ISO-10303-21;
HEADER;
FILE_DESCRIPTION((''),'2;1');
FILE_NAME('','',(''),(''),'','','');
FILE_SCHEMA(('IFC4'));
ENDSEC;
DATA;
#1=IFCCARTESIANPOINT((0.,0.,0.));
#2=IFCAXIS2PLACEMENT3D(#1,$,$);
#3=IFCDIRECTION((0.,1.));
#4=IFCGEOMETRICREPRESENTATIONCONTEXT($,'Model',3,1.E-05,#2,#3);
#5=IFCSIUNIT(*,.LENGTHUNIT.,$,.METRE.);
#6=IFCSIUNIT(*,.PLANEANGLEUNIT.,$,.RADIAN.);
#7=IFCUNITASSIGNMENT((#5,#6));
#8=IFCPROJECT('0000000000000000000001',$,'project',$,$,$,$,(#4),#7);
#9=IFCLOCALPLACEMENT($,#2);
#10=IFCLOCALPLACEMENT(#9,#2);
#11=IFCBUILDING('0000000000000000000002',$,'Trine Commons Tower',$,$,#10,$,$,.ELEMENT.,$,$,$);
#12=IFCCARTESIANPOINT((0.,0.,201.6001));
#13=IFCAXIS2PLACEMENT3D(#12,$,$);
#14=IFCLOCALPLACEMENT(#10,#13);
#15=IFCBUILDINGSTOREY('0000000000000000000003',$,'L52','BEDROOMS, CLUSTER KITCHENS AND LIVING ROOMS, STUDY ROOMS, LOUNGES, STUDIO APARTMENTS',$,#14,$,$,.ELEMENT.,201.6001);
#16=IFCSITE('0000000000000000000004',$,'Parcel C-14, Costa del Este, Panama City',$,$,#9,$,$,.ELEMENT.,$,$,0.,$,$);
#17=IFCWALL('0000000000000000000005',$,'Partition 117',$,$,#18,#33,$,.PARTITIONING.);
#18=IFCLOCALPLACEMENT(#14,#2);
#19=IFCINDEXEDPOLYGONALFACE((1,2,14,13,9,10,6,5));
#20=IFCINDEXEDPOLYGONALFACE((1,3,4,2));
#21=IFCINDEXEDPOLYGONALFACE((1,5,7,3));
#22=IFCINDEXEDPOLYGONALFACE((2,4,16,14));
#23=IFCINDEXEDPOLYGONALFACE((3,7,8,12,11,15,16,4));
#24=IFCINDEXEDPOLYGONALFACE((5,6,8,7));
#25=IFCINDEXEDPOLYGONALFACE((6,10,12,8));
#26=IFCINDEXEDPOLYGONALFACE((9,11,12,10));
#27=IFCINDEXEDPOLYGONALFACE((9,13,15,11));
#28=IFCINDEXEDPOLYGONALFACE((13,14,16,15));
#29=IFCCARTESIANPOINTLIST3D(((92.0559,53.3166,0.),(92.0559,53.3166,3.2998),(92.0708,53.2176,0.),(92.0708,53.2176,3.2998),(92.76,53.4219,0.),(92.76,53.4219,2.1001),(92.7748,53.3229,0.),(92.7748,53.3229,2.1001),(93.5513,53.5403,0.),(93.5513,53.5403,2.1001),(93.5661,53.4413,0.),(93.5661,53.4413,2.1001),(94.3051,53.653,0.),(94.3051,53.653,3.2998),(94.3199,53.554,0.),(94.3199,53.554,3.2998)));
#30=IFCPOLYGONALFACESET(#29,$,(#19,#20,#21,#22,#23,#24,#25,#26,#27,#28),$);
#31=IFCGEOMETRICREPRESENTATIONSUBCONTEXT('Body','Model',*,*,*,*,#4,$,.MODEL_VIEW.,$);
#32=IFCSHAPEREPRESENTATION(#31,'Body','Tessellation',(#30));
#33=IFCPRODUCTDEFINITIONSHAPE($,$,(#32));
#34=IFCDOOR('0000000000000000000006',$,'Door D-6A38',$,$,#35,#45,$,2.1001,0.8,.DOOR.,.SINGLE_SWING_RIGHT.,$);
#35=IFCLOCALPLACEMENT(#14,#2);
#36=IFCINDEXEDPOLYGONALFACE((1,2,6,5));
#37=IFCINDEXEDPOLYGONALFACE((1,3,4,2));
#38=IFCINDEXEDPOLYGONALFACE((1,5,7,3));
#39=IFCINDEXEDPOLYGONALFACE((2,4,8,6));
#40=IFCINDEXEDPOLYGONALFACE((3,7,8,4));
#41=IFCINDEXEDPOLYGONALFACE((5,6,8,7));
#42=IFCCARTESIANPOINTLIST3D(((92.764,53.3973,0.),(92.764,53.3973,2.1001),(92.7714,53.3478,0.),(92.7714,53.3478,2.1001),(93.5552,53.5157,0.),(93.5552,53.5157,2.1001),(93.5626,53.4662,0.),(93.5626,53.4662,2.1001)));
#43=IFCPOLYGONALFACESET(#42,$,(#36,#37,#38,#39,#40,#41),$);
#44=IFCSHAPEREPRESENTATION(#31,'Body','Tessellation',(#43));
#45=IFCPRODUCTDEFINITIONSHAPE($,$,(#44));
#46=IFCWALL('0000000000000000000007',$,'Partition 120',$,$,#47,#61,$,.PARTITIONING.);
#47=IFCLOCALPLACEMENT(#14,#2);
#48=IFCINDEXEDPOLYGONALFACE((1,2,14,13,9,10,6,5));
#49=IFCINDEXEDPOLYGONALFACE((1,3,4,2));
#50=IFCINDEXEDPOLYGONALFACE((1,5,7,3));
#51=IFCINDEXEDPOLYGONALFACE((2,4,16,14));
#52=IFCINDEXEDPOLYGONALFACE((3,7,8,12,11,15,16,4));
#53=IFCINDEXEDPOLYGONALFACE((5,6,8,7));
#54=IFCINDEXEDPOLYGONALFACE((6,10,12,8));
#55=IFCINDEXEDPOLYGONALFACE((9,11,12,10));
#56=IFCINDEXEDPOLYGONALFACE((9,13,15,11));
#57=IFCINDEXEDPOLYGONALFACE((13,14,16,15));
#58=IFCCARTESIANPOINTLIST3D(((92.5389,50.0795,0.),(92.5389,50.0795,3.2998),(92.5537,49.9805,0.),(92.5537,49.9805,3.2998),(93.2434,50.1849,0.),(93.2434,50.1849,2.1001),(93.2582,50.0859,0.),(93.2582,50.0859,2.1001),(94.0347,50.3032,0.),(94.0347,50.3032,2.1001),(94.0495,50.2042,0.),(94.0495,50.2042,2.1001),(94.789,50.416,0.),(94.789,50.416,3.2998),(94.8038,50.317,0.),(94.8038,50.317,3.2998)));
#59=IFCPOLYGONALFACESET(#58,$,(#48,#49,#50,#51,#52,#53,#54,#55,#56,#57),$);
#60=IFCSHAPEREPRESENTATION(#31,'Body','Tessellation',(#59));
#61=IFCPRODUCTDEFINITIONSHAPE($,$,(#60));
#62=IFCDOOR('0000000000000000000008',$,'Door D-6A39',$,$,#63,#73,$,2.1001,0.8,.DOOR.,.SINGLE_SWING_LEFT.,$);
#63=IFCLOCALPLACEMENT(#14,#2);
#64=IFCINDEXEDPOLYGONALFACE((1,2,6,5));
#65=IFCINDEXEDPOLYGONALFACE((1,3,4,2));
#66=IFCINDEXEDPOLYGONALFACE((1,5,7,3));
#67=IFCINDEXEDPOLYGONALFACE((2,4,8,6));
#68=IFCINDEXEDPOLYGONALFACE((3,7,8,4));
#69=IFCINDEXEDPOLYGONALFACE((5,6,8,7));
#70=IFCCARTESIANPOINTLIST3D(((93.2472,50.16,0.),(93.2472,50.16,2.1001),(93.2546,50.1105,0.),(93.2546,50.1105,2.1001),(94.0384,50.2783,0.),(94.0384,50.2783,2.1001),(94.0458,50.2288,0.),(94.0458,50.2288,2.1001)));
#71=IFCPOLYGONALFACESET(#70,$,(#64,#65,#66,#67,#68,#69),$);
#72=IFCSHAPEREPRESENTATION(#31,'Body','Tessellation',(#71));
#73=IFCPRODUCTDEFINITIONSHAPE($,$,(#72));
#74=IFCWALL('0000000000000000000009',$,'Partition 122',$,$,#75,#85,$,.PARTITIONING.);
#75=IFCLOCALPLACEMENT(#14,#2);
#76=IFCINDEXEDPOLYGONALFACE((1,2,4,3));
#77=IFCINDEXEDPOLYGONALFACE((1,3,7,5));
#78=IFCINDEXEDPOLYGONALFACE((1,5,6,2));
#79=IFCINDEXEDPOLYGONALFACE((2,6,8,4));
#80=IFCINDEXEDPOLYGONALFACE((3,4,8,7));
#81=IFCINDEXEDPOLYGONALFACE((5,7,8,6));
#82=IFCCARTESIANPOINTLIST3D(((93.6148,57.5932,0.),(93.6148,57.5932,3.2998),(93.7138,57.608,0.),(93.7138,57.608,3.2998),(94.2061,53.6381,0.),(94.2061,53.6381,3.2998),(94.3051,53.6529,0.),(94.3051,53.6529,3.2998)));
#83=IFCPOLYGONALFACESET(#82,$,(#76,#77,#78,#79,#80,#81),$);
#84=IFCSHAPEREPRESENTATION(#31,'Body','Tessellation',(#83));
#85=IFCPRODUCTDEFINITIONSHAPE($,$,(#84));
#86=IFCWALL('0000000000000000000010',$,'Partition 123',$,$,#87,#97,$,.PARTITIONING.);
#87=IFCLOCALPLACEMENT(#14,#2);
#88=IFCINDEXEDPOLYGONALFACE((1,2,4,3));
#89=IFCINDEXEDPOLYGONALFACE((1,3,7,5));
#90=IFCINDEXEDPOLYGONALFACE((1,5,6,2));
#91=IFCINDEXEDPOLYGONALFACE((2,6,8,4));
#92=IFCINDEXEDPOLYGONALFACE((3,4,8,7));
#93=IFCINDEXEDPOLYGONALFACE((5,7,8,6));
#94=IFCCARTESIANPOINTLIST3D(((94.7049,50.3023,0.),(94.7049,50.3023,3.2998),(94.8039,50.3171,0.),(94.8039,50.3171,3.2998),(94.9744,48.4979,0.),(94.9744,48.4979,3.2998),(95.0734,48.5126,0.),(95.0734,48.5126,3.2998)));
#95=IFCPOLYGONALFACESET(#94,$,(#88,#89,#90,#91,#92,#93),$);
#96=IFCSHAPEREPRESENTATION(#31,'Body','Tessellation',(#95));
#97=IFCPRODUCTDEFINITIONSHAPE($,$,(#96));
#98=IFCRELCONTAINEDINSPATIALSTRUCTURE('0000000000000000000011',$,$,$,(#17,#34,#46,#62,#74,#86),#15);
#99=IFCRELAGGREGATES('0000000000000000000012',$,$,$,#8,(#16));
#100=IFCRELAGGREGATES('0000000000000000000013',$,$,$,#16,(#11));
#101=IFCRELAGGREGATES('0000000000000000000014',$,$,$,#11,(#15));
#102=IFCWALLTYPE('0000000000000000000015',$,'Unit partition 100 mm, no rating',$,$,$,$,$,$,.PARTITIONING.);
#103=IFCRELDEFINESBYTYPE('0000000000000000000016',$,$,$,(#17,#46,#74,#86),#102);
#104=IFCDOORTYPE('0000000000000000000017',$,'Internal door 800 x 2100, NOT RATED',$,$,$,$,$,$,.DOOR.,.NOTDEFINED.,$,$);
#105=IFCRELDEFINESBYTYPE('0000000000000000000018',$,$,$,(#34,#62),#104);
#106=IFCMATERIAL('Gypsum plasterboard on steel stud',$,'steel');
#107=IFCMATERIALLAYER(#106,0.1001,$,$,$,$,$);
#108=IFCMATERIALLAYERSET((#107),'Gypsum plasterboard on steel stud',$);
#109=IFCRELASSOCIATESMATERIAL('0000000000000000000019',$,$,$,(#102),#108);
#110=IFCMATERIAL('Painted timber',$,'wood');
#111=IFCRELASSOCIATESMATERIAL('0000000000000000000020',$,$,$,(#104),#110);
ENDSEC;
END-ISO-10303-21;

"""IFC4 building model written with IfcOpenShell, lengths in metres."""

from ifc_helpers import new_model, si_unit, direction, frame, frame_2d, origin, place, context, subcontext, project, spatial, rectangle, extrude, material, layer, layer_set, type_object, element, fill, save


model = new_model("IFC4")

# Units and contexts
model_context = context("Model", 3, precision=1e-05, world=origin(), true_north=direction((0.0, 1.0)))
body_context = subcontext(model_context, "Body", "Model", "MODEL_VIEW")
ifc_project = project(units=[si_unit("LENGTHUNIT", "METRE"), si_unit("PLANEANGLEUNIT", "RADIAN")], contexts=[model_context])

# Site, building, storey
site_placement = place(None, origin())
site = spatial("IfcSite", under=ifc_project, at=site_placement, Name="Parcel C-14, Costa del Este, Panama City", CompositionType="ELEMENT", RefElevation=0.0)
building_placement = place(site_placement, origin())
building = spatial("IfcBuilding", under=site, at=building_placement, Name="Trine Commons Tower", CompositionType="ELEMENT")
storey_placement = place(building_placement, frame((0.0, 0.0, 201.6001)))
storey = spatial("IfcBuildingStorey", under=building, at=storey_placement, Name="L52", Description="BEDROOMS, CLUSTER KITCHENS AND LIVING ROOMS, STUDY ROOMS, LOUNGES, STUDIO APARTMENTS", CompositionType="ELEMENT", Elevation=201.6001)

# Shared definitions
ifc_material_1 = material(Name="Gypsum plasterboard on steel stud", Category="steel")

# Walls, openings, doors
ifc_layer_1 = layer(ifc_material_1, 0.1001)
ifc_layer_set_1 = layer_set([ifc_layer_1], Name="Gypsum plasterboard on steel stud")
wall_type_1 = type_object("IfcWallType", Name="Unit partition 100 mm, no rating", PredefinedType="PARTITIONING", material=ifc_layer_set_1)
ifc_material_2 = material(Name="Painted timber", Category="wood")
door_type_1 = type_object("IfcDoorType", Name="Internal door 800 x 2100, NOT RATED", OperationType="NOTDEFINED", PredefinedType="DOOR", material=ifc_material_2)
wall_1_placement = place(storey_placement, frame((92.0632, 53.2671, 0.0), z_axis=(0.0, 0.0, 1.0), x_axis=(0.988998, 0.147926, 0.0)))
wall_1 = element("IfcWall", 1, at=wall_1_placement, inside=storey, type_object=wall_type_1, Name="Partition 117", PredefinedType="PARTITIONING", context=body_context, shape_type="SweptSolid", body=[
    extrude(rectangle(XDim=2.2742, YDim=0.1001, at=frame_2d((1.1372, 0.0))), origin(), (0.0, 0.0, 1.0), 3.2998),
])
opening_1_placement = place(wall_1_placement, frame((0.7122, 0.0, 0.0)))
opening_1 = element("IfcOpeningElement", 2, at=opening_1_placement, cuts=wall_1, PredefinedType="OPENING", context=body_context, shape_type="SweptSolid", body=[
    extrude(rectangle(XDim=0.8, YDim=2.1001, at=frame_2d((0.3999, 1.05))), frame((0.0, 0.0601, 0.0), z_axis=(0.0, -1.0, 0.0), x_axis=(1.0, 0.0, 0.0)), (0.0, 0.0, 1.0), 0.1201),
])
door_1_placement = place(opening_1_placement, frame((0.8, 0.0, 0.0), z_axis=(0.0, 0.0, 1.0), x_axis=(-1.0, 0.0, 0.0)))
door_1 = element("IfcDoor", 3, at=door_1_placement, inside=storey, type_object=door_type_1, Name="Door D-6A38", OperationType="SINGLE_SWING_RIGHT", OverallHeight=2.1001, OverallWidth=0.8, PredefinedType="DOOR", context=body_context, shape_type="SweptSolid", body=[
    extrude(rectangle(XDim=0.8, YDim=2.1001, at=frame_2d((0.3999, 1.05))), frame((0.0, 0.0249, 0.0), z_axis=(0.0, -1.0, 0.0), x_axis=(1.0, 0.0, 0.0)), (0.0, 0.0, 1.0), 0.05),
])
fill(opening_1, door_1)
wall_2_placement = place(storey_placement, frame((92.5461, 50.03, 0.0), z_axis=(0.0, 0.0, 1.0), x_axis=(0.989008, 0.147863, 0.0)))
wall_2 = element("IfcWall", 4, at=wall_2_placement, inside=storey, type_object=wall_type_1, Name="Partition 120", PredefinedType="PARTITIONING", context=body_context, shape_type="SweptSolid", body=[
    extrude(rectangle(XDim=2.2751, YDim=0.1001, at=frame_2d((1.1377, 0.0))), origin(), (0.0, 0.0, 1.0), 3.2998),
])
opening_2_placement = place(wall_2_placement, frame((0.7126, 0.0, 0.0)))
opening_2 = element("IfcOpeningElement", 5, at=opening_2_placement, cuts=wall_2, PredefinedType="OPENING", context=body_context, shape_type="SweptSolid", body=[
    extrude(rectangle(XDim=0.8, YDim=2.1001, at=frame_2d((0.3999, 1.05))), frame((0.0, 0.0601, 0.0), z_axis=(0.0, -1.0, 0.0), x_axis=(1.0, 0.0, 0.0)), (0.0, 0.0, 1.0), 0.1201),
])
door_2_placement = place(opening_2_placement, origin())
door_2 = element("IfcDoor", 6, at=door_2_placement, inside=storey, type_object=door_type_1, Name="Door D-6A39", OperationType="SINGLE_SWING_LEFT", OverallHeight=2.1001, OverallWidth=0.8, PredefinedType="DOOR", context=body_context, shape_type="SweptSolid", body=[
    extrude(rectangle(XDim=0.8, YDim=2.1001, at=frame_2d((0.3999, 1.05))), frame((0.0, 0.0249, 0.0), z_axis=(0.0, -1.0, 0.0), x_axis=(1.0, 0.0, 0.0)), (0.0, 0.0, 1.0), 0.05),
])
fill(opening_2, door_2)

# Walls
wall_3_placement = place(storey_placement, frame((93.6643, 57.6006, 0.0), z_axis=(0.0, 0.0, 1.0), x_axis=(0.147863, -0.989008, 0.0)))
element("IfcWall", 7, at=wall_3_placement, inside=storey, type_object=wall_type_1, Name="Partition 122", PredefinedType="PARTITIONING", context=body_context, shape_type="SweptSolid", body=[
    extrude(rectangle(XDim=3.999, YDim=0.1001, at=frame_2d((1.9995, 0.0))), origin(), (0.0, 0.0, 1.0), 3.2998),
])
wall_4_placement = place(storey_placement, frame((94.7544, 50.3096, 0.0), z_axis=(0.0, 0.0, 1.0), x_axis=(0.147732, -0.989027, 0.0)))
element("IfcWall", 8, at=wall_4_placement, inside=storey, type_object=wall_type_1, Name="Partition 123", PredefinedType="PARTITIONING", context=body_context, shape_type="SweptSolid", body=[
    extrude(rectangle(XDim=1.8245, YDim=0.1001, at=frame_2d((0.9121, 0.0))), origin(), (0.0, 0.0, 1.0), 3.2998),
])

save(model, "model.ifc")
